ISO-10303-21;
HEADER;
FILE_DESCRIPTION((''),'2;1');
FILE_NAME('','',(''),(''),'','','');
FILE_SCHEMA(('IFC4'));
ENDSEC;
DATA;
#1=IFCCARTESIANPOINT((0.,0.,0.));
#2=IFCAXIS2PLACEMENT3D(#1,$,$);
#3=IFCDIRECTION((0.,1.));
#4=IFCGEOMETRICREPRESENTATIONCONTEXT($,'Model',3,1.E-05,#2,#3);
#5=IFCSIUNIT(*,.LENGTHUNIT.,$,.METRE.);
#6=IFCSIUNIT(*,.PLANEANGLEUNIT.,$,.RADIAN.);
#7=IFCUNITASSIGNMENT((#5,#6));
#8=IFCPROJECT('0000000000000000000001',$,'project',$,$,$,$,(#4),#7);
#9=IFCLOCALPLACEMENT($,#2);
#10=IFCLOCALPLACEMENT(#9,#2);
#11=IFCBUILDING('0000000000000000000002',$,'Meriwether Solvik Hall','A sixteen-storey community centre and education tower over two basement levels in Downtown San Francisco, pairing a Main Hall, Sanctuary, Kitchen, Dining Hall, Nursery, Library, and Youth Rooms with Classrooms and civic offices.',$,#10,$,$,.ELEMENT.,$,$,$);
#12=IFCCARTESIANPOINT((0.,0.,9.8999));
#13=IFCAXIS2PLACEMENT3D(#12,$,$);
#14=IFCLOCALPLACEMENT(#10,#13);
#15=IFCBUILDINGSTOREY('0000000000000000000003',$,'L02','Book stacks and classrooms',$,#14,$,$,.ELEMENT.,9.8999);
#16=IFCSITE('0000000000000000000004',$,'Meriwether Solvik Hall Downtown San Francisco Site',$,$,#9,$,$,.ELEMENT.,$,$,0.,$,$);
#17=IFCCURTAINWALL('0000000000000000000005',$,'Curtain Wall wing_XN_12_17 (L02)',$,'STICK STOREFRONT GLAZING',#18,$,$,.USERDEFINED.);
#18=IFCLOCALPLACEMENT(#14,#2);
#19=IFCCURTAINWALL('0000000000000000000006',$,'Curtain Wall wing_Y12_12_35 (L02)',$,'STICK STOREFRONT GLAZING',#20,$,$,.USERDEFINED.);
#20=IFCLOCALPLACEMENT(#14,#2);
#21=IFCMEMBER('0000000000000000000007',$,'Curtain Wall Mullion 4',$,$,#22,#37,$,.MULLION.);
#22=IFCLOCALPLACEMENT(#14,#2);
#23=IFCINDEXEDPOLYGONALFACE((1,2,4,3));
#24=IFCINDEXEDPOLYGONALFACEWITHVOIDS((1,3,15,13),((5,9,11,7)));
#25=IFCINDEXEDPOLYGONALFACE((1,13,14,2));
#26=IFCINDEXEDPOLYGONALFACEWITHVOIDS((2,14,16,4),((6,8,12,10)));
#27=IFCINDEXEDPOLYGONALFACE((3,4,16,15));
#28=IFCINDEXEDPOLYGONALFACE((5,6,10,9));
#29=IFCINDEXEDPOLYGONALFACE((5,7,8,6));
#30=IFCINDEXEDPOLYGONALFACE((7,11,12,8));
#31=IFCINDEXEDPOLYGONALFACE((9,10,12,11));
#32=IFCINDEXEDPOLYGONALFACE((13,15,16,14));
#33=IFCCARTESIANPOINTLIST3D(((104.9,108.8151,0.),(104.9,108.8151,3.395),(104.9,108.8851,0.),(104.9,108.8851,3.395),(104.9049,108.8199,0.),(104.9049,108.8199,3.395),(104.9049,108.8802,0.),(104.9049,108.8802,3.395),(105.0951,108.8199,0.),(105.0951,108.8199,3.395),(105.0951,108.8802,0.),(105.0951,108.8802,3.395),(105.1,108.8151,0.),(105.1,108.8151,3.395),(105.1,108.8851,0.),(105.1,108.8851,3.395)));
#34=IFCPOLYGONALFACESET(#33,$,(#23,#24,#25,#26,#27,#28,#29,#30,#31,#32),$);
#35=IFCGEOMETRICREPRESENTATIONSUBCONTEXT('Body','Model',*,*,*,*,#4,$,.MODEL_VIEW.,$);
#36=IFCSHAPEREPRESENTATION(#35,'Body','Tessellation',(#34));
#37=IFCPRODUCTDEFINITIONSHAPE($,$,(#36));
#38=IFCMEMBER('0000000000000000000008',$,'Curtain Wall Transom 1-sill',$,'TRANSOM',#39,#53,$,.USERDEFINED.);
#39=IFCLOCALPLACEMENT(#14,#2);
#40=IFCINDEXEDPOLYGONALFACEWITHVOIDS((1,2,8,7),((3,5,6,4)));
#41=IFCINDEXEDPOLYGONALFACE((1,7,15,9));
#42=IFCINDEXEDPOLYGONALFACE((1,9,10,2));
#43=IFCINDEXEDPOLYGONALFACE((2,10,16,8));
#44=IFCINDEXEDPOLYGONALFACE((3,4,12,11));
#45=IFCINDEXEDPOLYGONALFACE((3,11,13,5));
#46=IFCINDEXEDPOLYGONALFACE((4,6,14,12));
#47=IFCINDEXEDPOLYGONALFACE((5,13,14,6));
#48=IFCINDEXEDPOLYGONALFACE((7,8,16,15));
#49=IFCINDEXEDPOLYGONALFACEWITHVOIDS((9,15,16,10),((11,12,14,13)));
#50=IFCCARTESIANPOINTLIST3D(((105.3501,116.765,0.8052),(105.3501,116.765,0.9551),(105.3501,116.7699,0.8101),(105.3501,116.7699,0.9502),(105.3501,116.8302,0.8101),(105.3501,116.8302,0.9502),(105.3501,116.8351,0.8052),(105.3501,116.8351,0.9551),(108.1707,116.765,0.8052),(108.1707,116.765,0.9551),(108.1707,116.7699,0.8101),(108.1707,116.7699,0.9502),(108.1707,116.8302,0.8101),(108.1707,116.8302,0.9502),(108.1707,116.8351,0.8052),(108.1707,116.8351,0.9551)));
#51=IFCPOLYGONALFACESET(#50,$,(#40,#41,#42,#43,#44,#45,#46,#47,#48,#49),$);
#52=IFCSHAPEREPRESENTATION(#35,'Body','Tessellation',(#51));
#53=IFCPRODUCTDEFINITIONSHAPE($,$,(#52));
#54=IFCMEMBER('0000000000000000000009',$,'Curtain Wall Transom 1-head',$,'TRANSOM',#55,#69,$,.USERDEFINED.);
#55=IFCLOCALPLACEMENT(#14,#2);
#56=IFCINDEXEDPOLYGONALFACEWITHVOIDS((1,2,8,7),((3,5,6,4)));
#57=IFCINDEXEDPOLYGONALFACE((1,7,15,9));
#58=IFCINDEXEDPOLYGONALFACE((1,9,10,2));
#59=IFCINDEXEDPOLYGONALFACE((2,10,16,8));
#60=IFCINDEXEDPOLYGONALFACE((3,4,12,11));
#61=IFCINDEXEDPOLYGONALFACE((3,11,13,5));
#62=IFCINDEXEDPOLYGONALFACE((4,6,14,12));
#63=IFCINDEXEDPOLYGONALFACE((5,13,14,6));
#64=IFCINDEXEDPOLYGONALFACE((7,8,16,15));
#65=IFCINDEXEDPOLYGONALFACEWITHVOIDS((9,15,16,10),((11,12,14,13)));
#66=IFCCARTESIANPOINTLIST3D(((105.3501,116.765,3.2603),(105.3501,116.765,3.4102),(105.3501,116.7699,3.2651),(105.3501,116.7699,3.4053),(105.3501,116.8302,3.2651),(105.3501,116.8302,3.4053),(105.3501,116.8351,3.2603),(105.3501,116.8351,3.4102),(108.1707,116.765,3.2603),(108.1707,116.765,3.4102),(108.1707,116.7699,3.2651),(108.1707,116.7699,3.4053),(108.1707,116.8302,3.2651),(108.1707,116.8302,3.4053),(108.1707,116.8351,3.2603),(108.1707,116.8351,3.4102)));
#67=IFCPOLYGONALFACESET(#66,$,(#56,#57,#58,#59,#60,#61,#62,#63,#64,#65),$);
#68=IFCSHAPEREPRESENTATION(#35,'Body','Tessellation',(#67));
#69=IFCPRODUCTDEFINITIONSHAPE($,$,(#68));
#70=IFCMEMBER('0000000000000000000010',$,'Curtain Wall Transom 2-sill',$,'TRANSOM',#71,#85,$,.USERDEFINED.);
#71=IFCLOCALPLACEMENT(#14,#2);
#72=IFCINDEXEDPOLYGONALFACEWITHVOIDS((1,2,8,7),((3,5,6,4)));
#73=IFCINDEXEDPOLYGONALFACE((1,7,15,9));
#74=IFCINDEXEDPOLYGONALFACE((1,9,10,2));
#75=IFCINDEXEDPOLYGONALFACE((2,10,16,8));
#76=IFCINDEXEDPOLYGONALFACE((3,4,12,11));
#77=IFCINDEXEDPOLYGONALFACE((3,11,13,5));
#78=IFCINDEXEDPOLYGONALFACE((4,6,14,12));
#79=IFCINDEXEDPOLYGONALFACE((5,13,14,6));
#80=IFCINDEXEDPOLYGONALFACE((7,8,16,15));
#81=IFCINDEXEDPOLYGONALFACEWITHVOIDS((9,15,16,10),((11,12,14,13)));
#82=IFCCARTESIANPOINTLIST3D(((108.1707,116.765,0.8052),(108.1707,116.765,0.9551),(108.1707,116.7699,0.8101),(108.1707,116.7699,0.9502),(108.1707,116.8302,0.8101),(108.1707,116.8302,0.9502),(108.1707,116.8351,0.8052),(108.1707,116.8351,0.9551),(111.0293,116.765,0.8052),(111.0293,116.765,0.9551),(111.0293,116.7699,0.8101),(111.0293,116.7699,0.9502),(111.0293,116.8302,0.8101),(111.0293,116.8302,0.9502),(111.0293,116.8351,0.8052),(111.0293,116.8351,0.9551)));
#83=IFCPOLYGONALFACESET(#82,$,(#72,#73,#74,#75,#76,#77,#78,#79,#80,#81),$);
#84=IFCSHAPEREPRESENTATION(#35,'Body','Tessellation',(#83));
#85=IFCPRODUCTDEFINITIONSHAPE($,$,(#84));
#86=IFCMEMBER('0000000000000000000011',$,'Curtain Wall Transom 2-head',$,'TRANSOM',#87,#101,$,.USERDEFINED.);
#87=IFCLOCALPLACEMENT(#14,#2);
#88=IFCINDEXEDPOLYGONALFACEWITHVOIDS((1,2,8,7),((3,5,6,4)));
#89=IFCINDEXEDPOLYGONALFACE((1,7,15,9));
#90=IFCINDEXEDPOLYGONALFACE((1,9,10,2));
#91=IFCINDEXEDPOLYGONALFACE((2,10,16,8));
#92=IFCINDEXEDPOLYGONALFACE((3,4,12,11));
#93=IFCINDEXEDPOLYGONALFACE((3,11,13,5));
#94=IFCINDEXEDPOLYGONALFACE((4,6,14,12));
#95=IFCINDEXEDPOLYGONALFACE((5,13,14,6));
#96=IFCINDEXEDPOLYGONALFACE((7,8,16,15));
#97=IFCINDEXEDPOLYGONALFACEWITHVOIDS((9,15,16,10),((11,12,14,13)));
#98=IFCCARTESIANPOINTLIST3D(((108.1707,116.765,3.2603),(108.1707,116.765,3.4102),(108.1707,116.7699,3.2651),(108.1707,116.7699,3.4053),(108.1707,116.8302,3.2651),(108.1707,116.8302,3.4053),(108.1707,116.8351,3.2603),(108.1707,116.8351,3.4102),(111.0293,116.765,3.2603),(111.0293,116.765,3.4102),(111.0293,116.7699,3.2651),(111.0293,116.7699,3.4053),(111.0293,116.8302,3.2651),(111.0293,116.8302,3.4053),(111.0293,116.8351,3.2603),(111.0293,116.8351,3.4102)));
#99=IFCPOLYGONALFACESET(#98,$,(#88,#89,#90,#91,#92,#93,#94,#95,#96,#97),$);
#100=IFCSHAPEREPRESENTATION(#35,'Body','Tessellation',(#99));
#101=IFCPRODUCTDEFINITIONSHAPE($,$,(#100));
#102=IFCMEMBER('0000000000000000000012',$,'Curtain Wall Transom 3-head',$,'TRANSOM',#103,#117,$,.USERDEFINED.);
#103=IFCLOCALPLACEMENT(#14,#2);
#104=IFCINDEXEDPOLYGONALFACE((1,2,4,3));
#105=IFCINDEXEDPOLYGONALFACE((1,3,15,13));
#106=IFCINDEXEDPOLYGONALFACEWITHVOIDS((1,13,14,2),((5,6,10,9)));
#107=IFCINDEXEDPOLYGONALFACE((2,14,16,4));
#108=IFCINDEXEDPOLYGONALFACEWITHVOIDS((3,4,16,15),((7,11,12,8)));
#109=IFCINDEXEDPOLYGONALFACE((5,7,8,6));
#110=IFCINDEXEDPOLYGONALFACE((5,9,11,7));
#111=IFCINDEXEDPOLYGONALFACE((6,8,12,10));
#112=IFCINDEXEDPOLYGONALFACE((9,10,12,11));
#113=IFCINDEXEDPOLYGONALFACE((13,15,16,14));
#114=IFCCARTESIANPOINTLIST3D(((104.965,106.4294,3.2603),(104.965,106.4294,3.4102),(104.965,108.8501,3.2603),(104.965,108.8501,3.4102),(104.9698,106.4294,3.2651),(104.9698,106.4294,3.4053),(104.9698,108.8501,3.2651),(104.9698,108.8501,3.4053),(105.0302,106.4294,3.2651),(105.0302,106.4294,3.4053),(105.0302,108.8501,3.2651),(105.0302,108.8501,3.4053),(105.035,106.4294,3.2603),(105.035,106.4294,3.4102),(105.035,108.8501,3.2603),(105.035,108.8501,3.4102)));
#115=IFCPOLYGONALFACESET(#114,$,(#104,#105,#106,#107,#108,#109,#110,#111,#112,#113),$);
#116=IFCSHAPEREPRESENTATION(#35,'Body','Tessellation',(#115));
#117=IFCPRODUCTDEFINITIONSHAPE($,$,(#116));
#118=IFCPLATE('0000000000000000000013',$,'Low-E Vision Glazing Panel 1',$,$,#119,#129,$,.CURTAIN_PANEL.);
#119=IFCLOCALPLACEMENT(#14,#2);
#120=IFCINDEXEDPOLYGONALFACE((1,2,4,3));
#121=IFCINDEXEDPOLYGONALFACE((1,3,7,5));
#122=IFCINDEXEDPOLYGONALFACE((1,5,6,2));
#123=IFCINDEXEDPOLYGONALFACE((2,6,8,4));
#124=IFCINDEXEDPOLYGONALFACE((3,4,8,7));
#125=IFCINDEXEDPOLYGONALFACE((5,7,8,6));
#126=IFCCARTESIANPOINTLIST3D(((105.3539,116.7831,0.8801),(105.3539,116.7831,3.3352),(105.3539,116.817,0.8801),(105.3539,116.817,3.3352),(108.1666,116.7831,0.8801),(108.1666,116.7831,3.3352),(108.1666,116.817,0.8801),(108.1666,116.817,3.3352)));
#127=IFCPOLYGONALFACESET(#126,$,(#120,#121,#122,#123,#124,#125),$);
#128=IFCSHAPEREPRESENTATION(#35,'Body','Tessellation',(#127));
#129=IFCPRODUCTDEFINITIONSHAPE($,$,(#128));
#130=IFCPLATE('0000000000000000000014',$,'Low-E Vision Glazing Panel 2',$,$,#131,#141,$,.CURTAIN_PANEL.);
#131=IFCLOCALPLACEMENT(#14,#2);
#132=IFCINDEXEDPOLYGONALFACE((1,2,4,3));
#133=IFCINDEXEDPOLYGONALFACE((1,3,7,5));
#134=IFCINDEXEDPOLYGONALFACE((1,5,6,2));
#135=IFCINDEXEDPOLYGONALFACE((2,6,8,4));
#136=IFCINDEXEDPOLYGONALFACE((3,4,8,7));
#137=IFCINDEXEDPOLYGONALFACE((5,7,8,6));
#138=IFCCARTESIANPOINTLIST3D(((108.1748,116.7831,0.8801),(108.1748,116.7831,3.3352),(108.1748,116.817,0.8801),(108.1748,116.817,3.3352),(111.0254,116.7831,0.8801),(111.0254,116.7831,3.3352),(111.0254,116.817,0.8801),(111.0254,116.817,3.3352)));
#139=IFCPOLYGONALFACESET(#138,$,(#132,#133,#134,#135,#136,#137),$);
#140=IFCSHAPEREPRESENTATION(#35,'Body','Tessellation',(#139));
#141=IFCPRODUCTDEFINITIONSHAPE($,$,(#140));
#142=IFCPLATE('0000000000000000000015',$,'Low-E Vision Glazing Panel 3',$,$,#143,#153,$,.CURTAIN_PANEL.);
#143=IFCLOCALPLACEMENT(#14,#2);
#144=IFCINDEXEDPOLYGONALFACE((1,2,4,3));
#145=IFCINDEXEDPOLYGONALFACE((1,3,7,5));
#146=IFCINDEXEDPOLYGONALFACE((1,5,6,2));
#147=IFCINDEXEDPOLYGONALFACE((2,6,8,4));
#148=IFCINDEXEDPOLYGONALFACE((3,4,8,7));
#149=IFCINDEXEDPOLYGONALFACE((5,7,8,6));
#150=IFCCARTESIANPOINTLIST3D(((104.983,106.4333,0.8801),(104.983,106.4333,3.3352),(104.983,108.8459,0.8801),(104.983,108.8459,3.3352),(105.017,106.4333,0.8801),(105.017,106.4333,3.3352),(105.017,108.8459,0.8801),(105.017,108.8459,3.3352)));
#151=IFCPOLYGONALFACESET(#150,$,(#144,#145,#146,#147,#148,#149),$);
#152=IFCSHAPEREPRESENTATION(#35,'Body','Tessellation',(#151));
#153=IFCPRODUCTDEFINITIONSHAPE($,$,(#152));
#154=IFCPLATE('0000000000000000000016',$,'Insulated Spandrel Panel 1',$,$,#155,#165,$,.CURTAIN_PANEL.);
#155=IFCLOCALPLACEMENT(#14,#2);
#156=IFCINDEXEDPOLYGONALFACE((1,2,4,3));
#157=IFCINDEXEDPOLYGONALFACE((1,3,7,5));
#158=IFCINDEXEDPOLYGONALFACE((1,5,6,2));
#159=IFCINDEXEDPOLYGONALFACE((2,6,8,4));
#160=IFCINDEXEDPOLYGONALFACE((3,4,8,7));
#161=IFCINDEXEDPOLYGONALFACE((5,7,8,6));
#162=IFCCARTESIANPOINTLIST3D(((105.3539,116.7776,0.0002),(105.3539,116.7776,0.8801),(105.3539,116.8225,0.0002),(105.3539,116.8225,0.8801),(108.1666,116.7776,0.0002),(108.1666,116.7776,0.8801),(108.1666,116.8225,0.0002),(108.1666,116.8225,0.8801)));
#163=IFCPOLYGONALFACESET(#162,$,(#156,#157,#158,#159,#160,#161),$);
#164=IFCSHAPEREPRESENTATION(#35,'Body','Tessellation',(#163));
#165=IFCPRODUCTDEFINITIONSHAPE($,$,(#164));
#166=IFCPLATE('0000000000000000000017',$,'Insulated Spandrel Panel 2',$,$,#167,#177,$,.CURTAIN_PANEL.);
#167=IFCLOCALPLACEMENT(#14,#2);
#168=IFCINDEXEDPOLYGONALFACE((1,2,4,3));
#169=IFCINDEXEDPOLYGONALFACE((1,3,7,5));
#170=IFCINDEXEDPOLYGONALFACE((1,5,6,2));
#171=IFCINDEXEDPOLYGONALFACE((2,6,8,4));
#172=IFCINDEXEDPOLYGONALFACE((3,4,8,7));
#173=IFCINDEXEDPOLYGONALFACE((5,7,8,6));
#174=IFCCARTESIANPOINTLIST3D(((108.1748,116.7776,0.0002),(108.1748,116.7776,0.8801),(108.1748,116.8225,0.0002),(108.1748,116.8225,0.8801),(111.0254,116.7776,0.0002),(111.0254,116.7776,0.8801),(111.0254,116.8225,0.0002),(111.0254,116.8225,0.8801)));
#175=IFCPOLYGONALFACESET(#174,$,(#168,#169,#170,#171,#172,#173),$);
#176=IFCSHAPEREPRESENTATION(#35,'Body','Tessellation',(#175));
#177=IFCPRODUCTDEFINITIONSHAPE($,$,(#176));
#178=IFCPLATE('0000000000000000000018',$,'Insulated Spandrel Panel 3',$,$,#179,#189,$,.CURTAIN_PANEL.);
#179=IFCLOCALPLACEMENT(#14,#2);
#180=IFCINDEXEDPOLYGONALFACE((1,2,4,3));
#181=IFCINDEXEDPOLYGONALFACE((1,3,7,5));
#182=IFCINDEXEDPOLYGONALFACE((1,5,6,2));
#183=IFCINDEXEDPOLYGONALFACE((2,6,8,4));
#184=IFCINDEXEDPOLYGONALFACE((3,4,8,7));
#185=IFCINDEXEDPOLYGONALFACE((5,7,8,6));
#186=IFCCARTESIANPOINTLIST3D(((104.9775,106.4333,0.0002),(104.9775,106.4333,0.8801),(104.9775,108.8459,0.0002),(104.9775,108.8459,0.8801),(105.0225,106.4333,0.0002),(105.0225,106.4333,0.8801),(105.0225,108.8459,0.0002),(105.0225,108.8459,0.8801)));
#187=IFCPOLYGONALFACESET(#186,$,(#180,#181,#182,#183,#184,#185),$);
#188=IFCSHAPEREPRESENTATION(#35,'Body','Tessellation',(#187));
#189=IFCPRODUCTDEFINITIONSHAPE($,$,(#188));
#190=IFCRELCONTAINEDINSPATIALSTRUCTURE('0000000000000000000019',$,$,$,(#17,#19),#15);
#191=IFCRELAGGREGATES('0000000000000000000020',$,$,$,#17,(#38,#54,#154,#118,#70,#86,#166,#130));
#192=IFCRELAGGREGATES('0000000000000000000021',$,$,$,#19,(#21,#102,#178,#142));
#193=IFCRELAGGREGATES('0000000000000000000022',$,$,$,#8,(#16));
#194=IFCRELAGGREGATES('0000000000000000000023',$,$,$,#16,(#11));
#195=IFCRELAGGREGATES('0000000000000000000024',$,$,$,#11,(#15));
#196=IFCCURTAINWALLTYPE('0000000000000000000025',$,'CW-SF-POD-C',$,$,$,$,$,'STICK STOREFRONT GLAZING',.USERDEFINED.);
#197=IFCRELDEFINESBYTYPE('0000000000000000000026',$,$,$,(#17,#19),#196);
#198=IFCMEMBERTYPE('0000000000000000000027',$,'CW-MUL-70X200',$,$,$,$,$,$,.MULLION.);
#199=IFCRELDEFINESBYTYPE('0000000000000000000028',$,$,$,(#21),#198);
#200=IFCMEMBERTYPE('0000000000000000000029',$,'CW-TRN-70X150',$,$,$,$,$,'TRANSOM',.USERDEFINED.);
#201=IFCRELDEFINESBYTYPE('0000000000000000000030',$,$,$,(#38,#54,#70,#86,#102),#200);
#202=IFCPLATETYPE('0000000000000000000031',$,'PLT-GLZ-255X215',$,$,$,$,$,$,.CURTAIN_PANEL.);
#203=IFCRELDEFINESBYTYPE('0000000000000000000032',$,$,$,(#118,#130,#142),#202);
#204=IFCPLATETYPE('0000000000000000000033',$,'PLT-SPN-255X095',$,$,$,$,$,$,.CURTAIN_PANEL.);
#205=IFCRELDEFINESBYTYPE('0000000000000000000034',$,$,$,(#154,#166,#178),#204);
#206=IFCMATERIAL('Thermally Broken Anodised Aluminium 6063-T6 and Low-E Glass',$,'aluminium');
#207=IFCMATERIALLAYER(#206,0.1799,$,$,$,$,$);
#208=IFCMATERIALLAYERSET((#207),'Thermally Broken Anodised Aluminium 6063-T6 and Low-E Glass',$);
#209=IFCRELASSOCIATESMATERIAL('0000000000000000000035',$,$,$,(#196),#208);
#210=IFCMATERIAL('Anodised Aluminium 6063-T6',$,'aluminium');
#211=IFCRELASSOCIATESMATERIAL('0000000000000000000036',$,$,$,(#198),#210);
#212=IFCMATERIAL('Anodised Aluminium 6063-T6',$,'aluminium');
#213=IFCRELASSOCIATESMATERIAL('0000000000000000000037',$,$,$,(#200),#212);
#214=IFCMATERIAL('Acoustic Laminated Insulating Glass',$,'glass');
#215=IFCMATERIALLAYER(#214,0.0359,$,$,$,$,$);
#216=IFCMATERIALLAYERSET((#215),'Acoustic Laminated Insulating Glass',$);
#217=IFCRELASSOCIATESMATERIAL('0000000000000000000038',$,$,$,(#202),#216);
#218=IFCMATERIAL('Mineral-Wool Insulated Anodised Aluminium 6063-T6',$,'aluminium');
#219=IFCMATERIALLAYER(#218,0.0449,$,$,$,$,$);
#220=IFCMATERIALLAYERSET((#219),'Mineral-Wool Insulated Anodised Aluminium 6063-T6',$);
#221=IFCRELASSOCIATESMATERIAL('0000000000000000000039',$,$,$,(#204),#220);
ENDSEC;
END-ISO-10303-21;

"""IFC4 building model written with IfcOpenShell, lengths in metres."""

from ifc_helpers import new_model, si_unit, direction, frame, origin, origin_2d, place, context, subcontext, project, spatial, rectangle, hollow_rectangle, extrude, material, layer, layer_set, material_profile, profile_set, type_object, element, aggregate, save


model = new_model("IFC4")

# Units and contexts
model_context = context("Model", 3, precision=1e-05, world=origin(), true_north=direction((0.0, 1.0)))
body_context = subcontext(model_context, "Body", "Model", "MODEL_VIEW")
ifc_project = project(units=[si_unit("LENGTHUNIT", "METRE"), si_unit("PLANEANGLEUNIT", "RADIAN")], contexts=[model_context])

# Site, building, storey
site_placement = place(None, origin())
site = spatial("IfcSite", under=ifc_project, at=site_placement, Name="Meriwether Solvik Hall Downtown San Francisco Site", CompositionType="ELEMENT", RefElevation=0.0)
building_placement = place(site_placement, origin())
building = spatial("IfcBuilding", under=site, at=building_placement, Name="Meriwether Solvik Hall", Description="A sixteen-storey community centre and education tower over two basement levels in Downtown San Francisco, pairing a Main Hall, Sanctuary, Kitchen, Dining Hall, Nursery, Library, and Youth Rooms with Classrooms and civic offices.", CompositionType="ELEMENT")
storey_placement = place(building_placement, frame((0.0, 0.0, 9.8999)))
storey = spatial("IfcBuildingStorey", under=building, at=storey_placement, Name="L02", Description="Book stacks and classrooms", CompositionType="ELEMENT", Elevation=9.8999)

# Curtain wall
ifc_material_1 = material(Name="Thermally Broken Anodised Aluminium 6063-T6 and Low-E Glass", Category="aluminium")
ifc_layer_1 = layer(ifc_material_1, 0.1799)
ifc_layer_set_1 = layer_set([ifc_layer_1], Name="Thermally Broken Anodised Aluminium 6063-T6 and Low-E Glass")
curtain_wall_type = type_object("IfcCurtainWallType", Name="CW-SF-POD-C", ElementType="STICK STOREFRONT GLAZING", PredefinedType="USERDEFINED", material=ifc_layer_set_1)
curtain_wall_1_placement = place(storey_placement, origin())
curtain_wall_1 = element("IfcCurtainWall", 1, at=curtain_wall_1_placement, inside=storey, type_object=curtain_wall_type, Name="Curtain Wall wing_XN_12_17 (L02)", ObjectType="STICK STOREFRONT GLAZING", PredefinedType="USERDEFINED")
ifc_material_2 = material(Name="Anodised Aluminium 6063-T6", Category="aluminium")
ifc_material_profile_1 = material_profile(ifc_material_2, hollow_rectangle(XDim=0.0701, YDim=0.2, WallThickness=0.0049, at=origin_2d()), Name="CWM-70X200")
ifc_profile_set_1 = profile_set([ifc_material_profile_1], Name="Anodised Aluminium 6063-T6")
member_type_1 = type_object("IfcMemberType", Name="CW-MUL-70X200", PredefinedType="MULLION", material=ifc_profile_set_1)

# Curtain wall, member
curtain_wall_2_placement = place(storey_placement, origin())
curtain_wall_2 = element("IfcCurtainWall", 2, at=curtain_wall_2_placement, inside=storey, type_object=curtain_wall_type, Name="Curtain Wall wing_Y12_12_35 (L02)", ObjectType="STICK STOREFRONT GLAZING", PredefinedType="USERDEFINED")
member_1_placement = place(storey_placement, frame((105.0, 108.8501, 0.0), z_axis=(0.0, 0.0, 1.0), x_axis=(0.0, 1.0, 0.0)))
member_1 = element("IfcMember", 3, at=member_1_placement, type_object=member_type_1, Name="Curtain Wall Mullion 4", PredefinedType="MULLION", context=body_context, shape_type="SweptSolid", body=[
    extrude(hollow_rectangle(XDim=0.0701, YDim=0.2, WallThickness=0.0049, at=origin_2d()), origin(), (0.0, 0.0, 1.0), 3.395),
])

# Members
ifc_material_3 = material(Name="Anodised Aluminium 6063-T6", Category="aluminium")
ifc_material_profile_2 = material_profile(ifc_material_3, hollow_rectangle(XDim=0.0701, YDim=0.1499, WallThickness=0.0049, at=origin_2d()), Name="CWT-70X150")
ifc_profile_set_2 = profile_set([ifc_material_profile_2], Name="Anodised Aluminium 6063-T6")
member_type_2 = type_object("IfcMemberType", Name="CW-TRN-70X150", ElementType="TRANSOM", PredefinedType="USERDEFINED", material=ifc_profile_set_2)
member_2_placement = place(storey_placement, frame((105.3501, 116.8, 0.8801), z_axis=(1.0, 0.0, 0.0), x_axis=(0.0, 1.0, 0.0)))
member_2 = element("IfcMember", 4, at=member_2_placement, type_object=member_type_2, Name="Curtain Wall Transom 1-sill", ObjectType="TRANSOM", PredefinedType="USERDEFINED", context=body_context, shape_type="SweptSolid", body=[
    extrude(hollow_rectangle(XDim=0.0701, YDim=0.1499, WallThickness=0.0049, at=origin_2d()), origin(), (0.0, 0.0, 1.0), 2.8206),
])
member_3_placement = place(storey_placement, frame((105.3501, 116.8, 3.3352), z_axis=(1.0, 0.0, 0.0), x_axis=(0.0, 1.0, 0.0)))
member_3 = element("IfcMember", 5, at=member_3_placement, type_object=member_type_2, Name="Curtain Wall Transom 1-head", ObjectType="TRANSOM", PredefinedType="USERDEFINED", context=body_context, shape_type="SweptSolid", body=[
    extrude(hollow_rectangle(XDim=0.0701, YDim=0.1499, WallThickness=0.0049, at=origin_2d()), origin(), (0.0, 0.0, 1.0), 2.8206),
])
member_4_placement = place(storey_placement, frame((108.1707, 116.8, 0.8801), z_axis=(1.0, 0.0, 0.0), x_axis=(0.0, 1.0, 0.0)))
member_4 = element("IfcMember", 6, at=member_4_placement, type_object=member_type_2, Name="Curtain Wall Transom 2-sill", ObjectType="TRANSOM", PredefinedType="USERDEFINED", context=body_context, shape_type="SweptSolid", body=[
    extrude(hollow_rectangle(XDim=0.0701, YDim=0.1499, WallThickness=0.0049, at=origin_2d()), origin(), (0.0, 0.0, 1.0), 2.8586),
])
member_5_placement = place(storey_placement, frame((108.1707, 116.8, 3.3352), z_axis=(1.0, 0.0, 0.0), x_axis=(0.0, 1.0, 0.0)))
member_5 = element("IfcMember", 7, at=member_5_placement, type_object=member_type_2, Name="Curtain Wall Transom 2-head", ObjectType="TRANSOM", PredefinedType="USERDEFINED", context=body_context, shape_type="SweptSolid", body=[
    extrude(hollow_rectangle(XDim=0.0701, YDim=0.1499, WallThickness=0.0049, at=origin_2d()), origin(), (0.0, 0.0, 1.0), 2.8586),
])
member_6_placement = place(storey_placement, frame((105.0, 106.4294, 3.3352), z_axis=(0.0, 1.0, 0.0), x_axis=(-1.0, 0.0, 0.0)))
member_6 = element("IfcMember", 8, at=member_6_placement, type_object=member_type_2, Name="Curtain Wall Transom 3-head", ObjectType="TRANSOM", PredefinedType="USERDEFINED", context=body_context, shape_type="SweptSolid", body=[
    extrude(hollow_rectangle(XDim=0.0701, YDim=0.1499, WallThickness=0.0049, at=origin_2d()), origin(), (0.0, 0.0, 1.0), 2.4207),
])

# Plates
ifc_material_4 = material(Name="Acoustic Laminated Insulating Glass", Category="glass")
ifc_layer_2 = layer(ifc_material_4, 0.0359)
ifc_layer_set_2 = layer_set([ifc_layer_2], Name="Acoustic Laminated Insulating Glass")
plate_type_1 = type_object("IfcPlateType", Name="PLT-GLZ-255X215", PredefinedType="CURTAIN_PANEL", material=ifc_layer_set_2)
plate_1_placement = place(storey_placement, frame((106.7603, 116.8, 0.8801), z_axis=(0.0, 0.0, 1.0), x_axis=(1.0, 0.0, 0.0)))
plate_1 = element("IfcPlate", 9, at=plate_1_placement, type_object=plate_type_1, Name="Low-E Vision Glazing Panel 1", PredefinedType="CURTAIN_PANEL", context=body_context, shape_type="SweptSolid", body=[
    extrude(rectangle(XDim=2.8127, YDim=0.0339, at=origin_2d()), origin(), (0.0, 0.0, 1.0), 2.4551),
])
plate_2_placement = place(storey_placement, frame((109.6001, 116.8, 0.8801), z_axis=(0.0, 0.0, 1.0), x_axis=(1.0, 0.0, 0.0)))
plate_2 = element("IfcPlate", 10, at=plate_2_placement, type_object=plate_type_1, Name="Low-E Vision Glazing Panel 2", PredefinedType="CURTAIN_PANEL", context=body_context, shape_type="SweptSolid", body=[
    extrude(rectangle(XDim=2.8506, YDim=0.0339, at=origin_2d()), origin(), (0.0, 0.0, 1.0), 2.4551),
])
plate_3_placement = place(storey_placement, frame((105.0, 107.6396, 0.8801), z_axis=(0.0, 0.0, 1.0), x_axis=(0.0, 1.0, 0.0)))
plate_3 = element("IfcPlate", 11, at=plate_3_placement, type_object=plate_type_1, Name="Low-E Vision Glazing Panel 3", PredefinedType="CURTAIN_PANEL", context=body_context, shape_type="SweptSolid", body=[
    extrude(rectangle(XDim=2.4126, YDim=0.0339, at=origin_2d()), origin(), (0.0, 0.0, 1.0), 2.4551),
])
ifc_material_5 = material(Name="Mineral-Wool Insulated Anodised Aluminium 6063-T6", Category="aluminium")
ifc_layer_3 = layer(ifc_material_5, 0.0449)
ifc_layer_set_3 = layer_set([ifc_layer_3], Name="Mineral-Wool Insulated Anodised Aluminium 6063-T6")
plate_type_2 = type_object("IfcPlateType", Name="PLT-SPN-255X095", PredefinedType="CURTAIN_PANEL", material=ifc_layer_set_3)
plate_4_placement = place(storey_placement, frame((106.7603, 116.8, 0.0002), z_axis=(0.0, 0.0, 1.0), x_axis=(1.0, 0.0, 0.0)))
plate_4 = element("IfcPlate", 12, at=plate_4_placement, type_object=plate_type_2, Name="Insulated Spandrel Panel 1", PredefinedType="CURTAIN_PANEL", context=body_context, shape_type="SweptSolid", body=[
    extrude(rectangle(XDim=2.8127, YDim=0.0449, at=origin_2d()), origin(), (0.0, 0.0, 1.0), 0.8799),
])
plate_5_placement = place(storey_placement, frame((109.6001, 116.8, 0.0002), z_axis=(0.0, 0.0, 1.0), x_axis=(1.0, 0.0, 0.0)))
plate_5 = element("IfcPlate", 13, at=plate_5_placement, type_object=plate_type_2, Name="Insulated Spandrel Panel 2", PredefinedType="CURTAIN_PANEL", context=body_context, shape_type="SweptSolid", body=[
    extrude(rectangle(XDim=2.8506, YDim=0.0449, at=origin_2d()), origin(), (0.0, 0.0, 1.0), 0.8799),
])
aggregate(curtain_wall_1, [member_2, member_3, plate_4, plate_1, member_4, member_5, plate_5, plate_2])
plate_6_placement = place(storey_placement, frame((105.0, 107.6396, 0.0002), z_axis=(0.0, 0.0, 1.0), x_axis=(0.0, 1.0, 0.0)))
plate_6 = element("IfcPlate", 14, at=plate_6_placement, type_object=plate_type_2, Name="Insulated Spandrel Panel 3", PredefinedType="CURTAIN_PANEL", context=body_context, shape_type="SweptSolid", body=[
    extrude(rectangle(XDim=2.4126, YDim=0.0449, at=origin_2d()), origin(), (0.0, 0.0, 1.0), 0.8799),
])
aggregate(curtain_wall_2, [member_1, member_6, plate_6, plate_3])

save(model, "model.ifc")
